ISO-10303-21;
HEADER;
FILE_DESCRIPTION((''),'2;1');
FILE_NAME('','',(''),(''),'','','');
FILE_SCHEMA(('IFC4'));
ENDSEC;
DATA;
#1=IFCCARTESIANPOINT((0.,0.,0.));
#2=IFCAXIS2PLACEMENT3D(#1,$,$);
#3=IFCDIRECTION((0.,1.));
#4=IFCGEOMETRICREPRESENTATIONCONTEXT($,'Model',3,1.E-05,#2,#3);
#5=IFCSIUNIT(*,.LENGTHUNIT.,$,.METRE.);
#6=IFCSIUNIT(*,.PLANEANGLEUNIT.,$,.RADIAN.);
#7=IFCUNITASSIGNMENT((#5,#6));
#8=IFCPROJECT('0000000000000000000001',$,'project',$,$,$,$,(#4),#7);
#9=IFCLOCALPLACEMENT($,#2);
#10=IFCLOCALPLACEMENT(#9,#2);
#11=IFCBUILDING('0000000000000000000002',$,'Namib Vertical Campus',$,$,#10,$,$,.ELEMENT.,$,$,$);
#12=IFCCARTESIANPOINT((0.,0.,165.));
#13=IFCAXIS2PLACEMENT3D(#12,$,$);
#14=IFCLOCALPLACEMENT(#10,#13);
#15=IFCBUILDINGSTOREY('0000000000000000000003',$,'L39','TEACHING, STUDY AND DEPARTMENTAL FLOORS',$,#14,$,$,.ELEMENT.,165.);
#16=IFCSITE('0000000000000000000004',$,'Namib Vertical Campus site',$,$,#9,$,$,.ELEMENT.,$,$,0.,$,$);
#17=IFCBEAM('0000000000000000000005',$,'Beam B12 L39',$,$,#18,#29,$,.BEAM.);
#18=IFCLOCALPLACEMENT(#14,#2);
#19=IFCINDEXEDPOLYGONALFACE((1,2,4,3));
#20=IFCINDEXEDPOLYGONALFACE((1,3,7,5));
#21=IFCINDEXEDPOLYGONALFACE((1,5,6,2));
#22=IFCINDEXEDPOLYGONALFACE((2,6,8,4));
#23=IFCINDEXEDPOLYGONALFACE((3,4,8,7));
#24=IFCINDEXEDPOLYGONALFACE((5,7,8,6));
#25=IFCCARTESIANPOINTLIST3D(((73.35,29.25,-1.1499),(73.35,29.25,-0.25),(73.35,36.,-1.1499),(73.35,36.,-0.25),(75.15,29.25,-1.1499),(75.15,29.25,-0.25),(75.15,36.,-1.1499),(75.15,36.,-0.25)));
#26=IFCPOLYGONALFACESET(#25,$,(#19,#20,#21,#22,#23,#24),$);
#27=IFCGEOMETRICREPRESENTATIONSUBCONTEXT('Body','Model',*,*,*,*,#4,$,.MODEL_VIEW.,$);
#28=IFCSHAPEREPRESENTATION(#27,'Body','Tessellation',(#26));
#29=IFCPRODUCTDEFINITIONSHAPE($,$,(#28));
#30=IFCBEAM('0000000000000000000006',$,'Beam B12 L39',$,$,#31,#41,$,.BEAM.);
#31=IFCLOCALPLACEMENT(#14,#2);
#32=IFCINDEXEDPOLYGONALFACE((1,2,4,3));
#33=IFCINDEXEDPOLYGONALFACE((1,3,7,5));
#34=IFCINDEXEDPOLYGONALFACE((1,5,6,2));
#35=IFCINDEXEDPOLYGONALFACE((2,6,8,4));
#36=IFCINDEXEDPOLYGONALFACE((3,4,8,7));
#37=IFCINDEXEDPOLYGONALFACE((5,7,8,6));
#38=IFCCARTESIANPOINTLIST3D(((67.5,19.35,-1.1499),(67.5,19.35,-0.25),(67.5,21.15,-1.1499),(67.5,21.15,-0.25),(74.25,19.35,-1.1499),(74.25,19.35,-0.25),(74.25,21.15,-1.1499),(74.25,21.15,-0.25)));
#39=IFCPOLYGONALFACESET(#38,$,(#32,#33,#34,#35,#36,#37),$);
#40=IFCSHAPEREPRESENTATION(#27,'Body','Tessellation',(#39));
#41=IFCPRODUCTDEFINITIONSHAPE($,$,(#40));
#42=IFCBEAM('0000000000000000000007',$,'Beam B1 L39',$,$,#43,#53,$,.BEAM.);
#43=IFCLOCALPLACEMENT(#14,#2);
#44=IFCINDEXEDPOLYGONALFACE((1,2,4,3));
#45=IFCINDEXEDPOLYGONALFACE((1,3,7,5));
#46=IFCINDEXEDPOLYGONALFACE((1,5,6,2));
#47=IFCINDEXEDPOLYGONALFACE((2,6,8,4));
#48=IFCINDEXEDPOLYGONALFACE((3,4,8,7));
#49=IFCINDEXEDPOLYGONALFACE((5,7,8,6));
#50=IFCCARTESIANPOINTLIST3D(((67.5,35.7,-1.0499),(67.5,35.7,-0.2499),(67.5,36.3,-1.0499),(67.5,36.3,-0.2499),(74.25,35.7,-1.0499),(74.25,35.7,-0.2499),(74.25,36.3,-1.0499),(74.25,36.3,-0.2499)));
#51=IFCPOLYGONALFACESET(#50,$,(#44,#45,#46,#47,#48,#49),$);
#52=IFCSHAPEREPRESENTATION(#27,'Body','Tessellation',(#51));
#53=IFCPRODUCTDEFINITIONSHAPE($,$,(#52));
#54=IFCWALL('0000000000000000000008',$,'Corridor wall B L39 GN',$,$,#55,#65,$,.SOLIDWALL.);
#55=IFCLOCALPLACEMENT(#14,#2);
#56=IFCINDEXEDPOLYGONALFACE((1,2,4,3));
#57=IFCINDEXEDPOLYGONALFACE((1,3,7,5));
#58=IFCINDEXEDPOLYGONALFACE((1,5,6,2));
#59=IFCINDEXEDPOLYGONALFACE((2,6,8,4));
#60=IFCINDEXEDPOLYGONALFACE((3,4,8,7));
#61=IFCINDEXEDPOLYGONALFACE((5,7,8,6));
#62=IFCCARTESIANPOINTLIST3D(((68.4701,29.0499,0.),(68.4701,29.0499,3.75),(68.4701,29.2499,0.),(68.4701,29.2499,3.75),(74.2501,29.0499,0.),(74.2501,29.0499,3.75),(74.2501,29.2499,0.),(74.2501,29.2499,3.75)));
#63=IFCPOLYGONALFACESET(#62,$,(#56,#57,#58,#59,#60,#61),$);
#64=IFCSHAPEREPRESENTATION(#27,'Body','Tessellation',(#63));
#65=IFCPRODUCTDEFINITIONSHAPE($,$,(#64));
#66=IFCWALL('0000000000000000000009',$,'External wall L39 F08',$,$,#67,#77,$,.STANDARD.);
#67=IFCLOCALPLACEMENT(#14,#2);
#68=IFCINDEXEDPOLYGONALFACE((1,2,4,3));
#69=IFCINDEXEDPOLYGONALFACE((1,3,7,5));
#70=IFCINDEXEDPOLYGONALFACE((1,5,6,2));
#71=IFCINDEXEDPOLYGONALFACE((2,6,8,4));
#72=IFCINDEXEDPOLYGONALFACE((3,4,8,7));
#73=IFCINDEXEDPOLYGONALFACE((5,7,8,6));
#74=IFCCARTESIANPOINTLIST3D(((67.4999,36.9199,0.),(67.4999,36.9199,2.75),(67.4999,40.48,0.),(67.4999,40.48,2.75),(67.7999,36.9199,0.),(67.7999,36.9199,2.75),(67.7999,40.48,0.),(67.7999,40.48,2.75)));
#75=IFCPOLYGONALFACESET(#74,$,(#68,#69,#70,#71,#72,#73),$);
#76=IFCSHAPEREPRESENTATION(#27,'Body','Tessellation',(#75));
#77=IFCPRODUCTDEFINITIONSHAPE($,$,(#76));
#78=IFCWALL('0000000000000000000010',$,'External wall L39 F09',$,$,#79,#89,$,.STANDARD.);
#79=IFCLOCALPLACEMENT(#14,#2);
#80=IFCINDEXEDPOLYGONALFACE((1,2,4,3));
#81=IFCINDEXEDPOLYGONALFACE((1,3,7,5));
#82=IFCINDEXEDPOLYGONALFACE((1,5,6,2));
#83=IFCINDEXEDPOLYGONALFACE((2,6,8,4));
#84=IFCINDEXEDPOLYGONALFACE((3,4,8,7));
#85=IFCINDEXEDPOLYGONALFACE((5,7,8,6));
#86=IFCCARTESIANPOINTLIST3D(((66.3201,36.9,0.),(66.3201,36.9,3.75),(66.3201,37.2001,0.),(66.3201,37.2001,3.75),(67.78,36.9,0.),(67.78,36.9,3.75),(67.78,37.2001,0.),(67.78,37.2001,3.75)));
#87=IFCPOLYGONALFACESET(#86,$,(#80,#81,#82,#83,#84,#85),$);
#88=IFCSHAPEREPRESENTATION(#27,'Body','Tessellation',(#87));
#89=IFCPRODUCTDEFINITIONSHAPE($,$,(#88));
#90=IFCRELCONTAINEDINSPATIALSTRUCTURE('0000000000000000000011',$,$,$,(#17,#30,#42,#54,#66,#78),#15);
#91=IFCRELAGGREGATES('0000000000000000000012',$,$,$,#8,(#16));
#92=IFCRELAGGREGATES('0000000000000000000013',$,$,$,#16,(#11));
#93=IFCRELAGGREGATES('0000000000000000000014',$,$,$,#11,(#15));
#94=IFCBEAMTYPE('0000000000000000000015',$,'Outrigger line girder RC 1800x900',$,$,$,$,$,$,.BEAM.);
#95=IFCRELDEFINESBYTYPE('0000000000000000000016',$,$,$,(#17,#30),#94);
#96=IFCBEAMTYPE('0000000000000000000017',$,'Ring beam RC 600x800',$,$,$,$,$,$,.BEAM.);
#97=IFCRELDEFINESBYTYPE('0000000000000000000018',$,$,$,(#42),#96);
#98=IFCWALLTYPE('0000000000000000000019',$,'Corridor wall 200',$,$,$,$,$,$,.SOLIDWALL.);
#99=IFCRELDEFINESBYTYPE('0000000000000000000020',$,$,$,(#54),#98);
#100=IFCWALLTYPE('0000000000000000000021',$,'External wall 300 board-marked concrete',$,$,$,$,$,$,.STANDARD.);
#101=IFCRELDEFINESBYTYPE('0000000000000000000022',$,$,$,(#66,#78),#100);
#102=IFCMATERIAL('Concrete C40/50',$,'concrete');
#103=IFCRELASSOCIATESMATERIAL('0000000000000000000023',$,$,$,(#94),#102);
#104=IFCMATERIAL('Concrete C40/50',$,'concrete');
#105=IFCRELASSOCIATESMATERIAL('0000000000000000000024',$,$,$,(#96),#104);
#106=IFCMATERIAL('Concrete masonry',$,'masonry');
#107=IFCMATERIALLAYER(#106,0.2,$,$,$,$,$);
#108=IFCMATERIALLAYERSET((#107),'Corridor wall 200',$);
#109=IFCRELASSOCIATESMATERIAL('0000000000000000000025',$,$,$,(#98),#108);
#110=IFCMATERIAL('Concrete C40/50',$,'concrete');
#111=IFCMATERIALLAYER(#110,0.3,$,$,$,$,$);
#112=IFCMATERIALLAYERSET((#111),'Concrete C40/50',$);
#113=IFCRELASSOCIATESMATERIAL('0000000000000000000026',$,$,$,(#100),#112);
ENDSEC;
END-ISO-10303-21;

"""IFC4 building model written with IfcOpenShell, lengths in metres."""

from ifc_helpers import new_model, si_unit, direction, frame, frame_2d, origin, origin_2d, place, context, subcontext, project, spatial, rectangle, extrude, material, layer, layer_set, material_profile, profile_set, type_object, element, save


model = new_model("IFC4")

# Units and contexts
model_context = context("Model", 3, precision=1e-05, world=origin(), true_north=direction((0.0, 1.0)))
body_context = subcontext(model_context, "Body", "Model", "MODEL_VIEW")
ifc_project = project(units=[si_unit("LENGTHUNIT", "METRE"), si_unit("PLANEANGLEUNIT", "RADIAN")], contexts=[model_context])

# Site, building, storey
site_placement = place(None, origin())
site = spatial("IfcSite", under=ifc_project, at=site_placement, Name="Namib Vertical Campus site", CompositionType="ELEMENT", RefElevation=0.0)
building_placement = place(site_placement, origin())
building = spatial("IfcBuilding", under=site, at=building_placement, Name="Namib Vertical Campus", CompositionType="ELEMENT")
storey_placement = place(building_placement, frame((0.0, 0.0, 165.0)))
storey = spatial("IfcBuildingStorey", under=building, at=storey_placement, Name="L39", Description="TEACHING, STUDY AND DEPARTMENTAL FLOORS", CompositionType="ELEMENT", Elevation=165.0)

# Beams
ifc_material_1 = material(Name="Concrete C40/50", Category="concrete")
ifc_material_profile_1 = material_profile(ifc_material_1, rectangle(XDim=1.8, YDim=0.8999, at=origin_2d()))
ifc_profile_set_1 = profile_set([ifc_material_profile_1], Name="Concrete C40/50")
beam_type_1 = type_object("IfcBeamType", Name="Outrigger line girder RC 1800x900", PredefinedType="BEAM", material=ifc_profile_set_1)
for number, where, z_axis, x_axis, name in (
    (1, (74.25, 36.0, -0.7), (0.0, -1.0, 0.0), (1.0, 0.0, 0.0), "Beam B12 L39"),
    (2, (67.5, 20.25, -0.7), (1.0, 0.0, 0.0), (0.0, 1.0, 0.0), "Beam B12 L39"),
):
    element("IfcBeam", number, at=place(storey_placement, frame(where, z_axis=z_axis, x_axis=x_axis)), inside=storey, type_object=beam_type_1, Name=name, PredefinedType="BEAM", context=body_context, shape_type="SweptSolid", body=[
        extrude(rectangle(XDim=1.8, YDim=0.8999, at=origin_2d()), origin(), (0.0, 0.0, 1.0), 6.75),
    ])
ifc_material_2 = material(Name="Concrete C40/50", Category="concrete")
ifc_material_profile_2 = material_profile(ifc_material_2, rectangle(XDim=0.6001, YDim=0.8, at=origin_2d()))
ifc_profile_set_2 = profile_set([ifc_material_profile_2], Name="Concrete C40/50")
beam_type_2 = type_object("IfcBeamType", Name="Ring beam RC 600x800", PredefinedType="BEAM", material=ifc_profile_set_2)
beam_1_placement = place(storey_placement, frame((67.5, 36.0, -0.6499), z_axis=(1.0, 0.0, 0.0), x_axis=(0.0, 1.0, 0.0)))
element("IfcBeam", 3, at=beam_1_placement, inside=storey, type_object=beam_type_2, Name="Beam B1 L39", PredefinedType="BEAM", context=body_context, shape_type="SweptSolid", body=[
    extrude(rectangle(XDim=0.6001, YDim=0.8, at=origin_2d()), origin(), (0.0, 0.0, 1.0), 6.75),
])

# Walls
ifc_material_3 = material(Name="Concrete masonry", Category="masonry")
ifc_layer_1 = layer(ifc_material_3, 0.2)
ifc_layer_set_1 = layer_set([ifc_layer_1], Name="Corridor wall 200")
wall_type_1 = type_object("IfcWallType", Name="Corridor wall 200", PredefinedType="SOLIDWALL", material=ifc_layer_set_1)
wall_1_placement = place(storey_placement, frame((68.47, 29.1499, 0.0), z_axis=(0.0, 0.0, 1.0), x_axis=(1.0, 0.0, 0.0)))
element("IfcWall", 4, at=wall_1_placement, inside=storey, type_object=wall_type_1, Name="Corridor wall B L39 GN", PredefinedType="SOLIDWALL", context=body_context, shape_type="SweptSolid", body=[
    extrude(rectangle(XDim=5.78, YDim=0.2, at=frame_2d((2.8901, 0.0))), origin(), (0.0, 0.0, 1.0), 3.75),
])
ifc_material_4 = material(Name="Concrete C40/50", Category="concrete")
ifc_layer_2 = layer(ifc_material_4, 0.3)
ifc_layer_set_2 = layer_set([ifc_layer_2], Name="Concrete C40/50")
wall_type_2 = type_object("IfcWallType", Name="External wall 300 board-marked concrete", PredefinedType="STANDARD", material=ifc_layer_set_2)
wall_2_placement = place(storey_placement, frame((67.6499, 40.48, 0.0), z_axis=(0.0, 0.0, 1.0), x_axis=(0.0, -1.0, 0.0)))
element("IfcWall", 5, at=wall_2_placement, inside=storey, type_object=wall_type_2, Name="External wall L39 F08", PredefinedType="STANDARD", context=body_context, shape_type="SweptSolid", body=[
    extrude(rectangle(XDim=3.5601, YDim=0.3, at=frame_2d((1.78, 0.0))), origin(), (0.0, 0.0, 1.0), 2.75),
])
wall_3_placement = place(storey_placement, frame((67.78, 37.05, 0.0), z_axis=(0.0, 0.0, 1.0), x_axis=(-1.0, 0.0, 0.0)))
element("IfcWall", 6, at=wall_3_placement, inside=storey, type_object=wall_type_2, Name="External wall L39 F09", PredefinedType="STANDARD", context=body_context, shape_type="SweptSolid", body=[
    extrude(rectangle(XDim=1.46, YDim=0.3, at=frame_2d((0.73, 0.0))), origin(), (0.0, 0.0, 1.0), 3.75),
])

save(model, "model.ifc")
